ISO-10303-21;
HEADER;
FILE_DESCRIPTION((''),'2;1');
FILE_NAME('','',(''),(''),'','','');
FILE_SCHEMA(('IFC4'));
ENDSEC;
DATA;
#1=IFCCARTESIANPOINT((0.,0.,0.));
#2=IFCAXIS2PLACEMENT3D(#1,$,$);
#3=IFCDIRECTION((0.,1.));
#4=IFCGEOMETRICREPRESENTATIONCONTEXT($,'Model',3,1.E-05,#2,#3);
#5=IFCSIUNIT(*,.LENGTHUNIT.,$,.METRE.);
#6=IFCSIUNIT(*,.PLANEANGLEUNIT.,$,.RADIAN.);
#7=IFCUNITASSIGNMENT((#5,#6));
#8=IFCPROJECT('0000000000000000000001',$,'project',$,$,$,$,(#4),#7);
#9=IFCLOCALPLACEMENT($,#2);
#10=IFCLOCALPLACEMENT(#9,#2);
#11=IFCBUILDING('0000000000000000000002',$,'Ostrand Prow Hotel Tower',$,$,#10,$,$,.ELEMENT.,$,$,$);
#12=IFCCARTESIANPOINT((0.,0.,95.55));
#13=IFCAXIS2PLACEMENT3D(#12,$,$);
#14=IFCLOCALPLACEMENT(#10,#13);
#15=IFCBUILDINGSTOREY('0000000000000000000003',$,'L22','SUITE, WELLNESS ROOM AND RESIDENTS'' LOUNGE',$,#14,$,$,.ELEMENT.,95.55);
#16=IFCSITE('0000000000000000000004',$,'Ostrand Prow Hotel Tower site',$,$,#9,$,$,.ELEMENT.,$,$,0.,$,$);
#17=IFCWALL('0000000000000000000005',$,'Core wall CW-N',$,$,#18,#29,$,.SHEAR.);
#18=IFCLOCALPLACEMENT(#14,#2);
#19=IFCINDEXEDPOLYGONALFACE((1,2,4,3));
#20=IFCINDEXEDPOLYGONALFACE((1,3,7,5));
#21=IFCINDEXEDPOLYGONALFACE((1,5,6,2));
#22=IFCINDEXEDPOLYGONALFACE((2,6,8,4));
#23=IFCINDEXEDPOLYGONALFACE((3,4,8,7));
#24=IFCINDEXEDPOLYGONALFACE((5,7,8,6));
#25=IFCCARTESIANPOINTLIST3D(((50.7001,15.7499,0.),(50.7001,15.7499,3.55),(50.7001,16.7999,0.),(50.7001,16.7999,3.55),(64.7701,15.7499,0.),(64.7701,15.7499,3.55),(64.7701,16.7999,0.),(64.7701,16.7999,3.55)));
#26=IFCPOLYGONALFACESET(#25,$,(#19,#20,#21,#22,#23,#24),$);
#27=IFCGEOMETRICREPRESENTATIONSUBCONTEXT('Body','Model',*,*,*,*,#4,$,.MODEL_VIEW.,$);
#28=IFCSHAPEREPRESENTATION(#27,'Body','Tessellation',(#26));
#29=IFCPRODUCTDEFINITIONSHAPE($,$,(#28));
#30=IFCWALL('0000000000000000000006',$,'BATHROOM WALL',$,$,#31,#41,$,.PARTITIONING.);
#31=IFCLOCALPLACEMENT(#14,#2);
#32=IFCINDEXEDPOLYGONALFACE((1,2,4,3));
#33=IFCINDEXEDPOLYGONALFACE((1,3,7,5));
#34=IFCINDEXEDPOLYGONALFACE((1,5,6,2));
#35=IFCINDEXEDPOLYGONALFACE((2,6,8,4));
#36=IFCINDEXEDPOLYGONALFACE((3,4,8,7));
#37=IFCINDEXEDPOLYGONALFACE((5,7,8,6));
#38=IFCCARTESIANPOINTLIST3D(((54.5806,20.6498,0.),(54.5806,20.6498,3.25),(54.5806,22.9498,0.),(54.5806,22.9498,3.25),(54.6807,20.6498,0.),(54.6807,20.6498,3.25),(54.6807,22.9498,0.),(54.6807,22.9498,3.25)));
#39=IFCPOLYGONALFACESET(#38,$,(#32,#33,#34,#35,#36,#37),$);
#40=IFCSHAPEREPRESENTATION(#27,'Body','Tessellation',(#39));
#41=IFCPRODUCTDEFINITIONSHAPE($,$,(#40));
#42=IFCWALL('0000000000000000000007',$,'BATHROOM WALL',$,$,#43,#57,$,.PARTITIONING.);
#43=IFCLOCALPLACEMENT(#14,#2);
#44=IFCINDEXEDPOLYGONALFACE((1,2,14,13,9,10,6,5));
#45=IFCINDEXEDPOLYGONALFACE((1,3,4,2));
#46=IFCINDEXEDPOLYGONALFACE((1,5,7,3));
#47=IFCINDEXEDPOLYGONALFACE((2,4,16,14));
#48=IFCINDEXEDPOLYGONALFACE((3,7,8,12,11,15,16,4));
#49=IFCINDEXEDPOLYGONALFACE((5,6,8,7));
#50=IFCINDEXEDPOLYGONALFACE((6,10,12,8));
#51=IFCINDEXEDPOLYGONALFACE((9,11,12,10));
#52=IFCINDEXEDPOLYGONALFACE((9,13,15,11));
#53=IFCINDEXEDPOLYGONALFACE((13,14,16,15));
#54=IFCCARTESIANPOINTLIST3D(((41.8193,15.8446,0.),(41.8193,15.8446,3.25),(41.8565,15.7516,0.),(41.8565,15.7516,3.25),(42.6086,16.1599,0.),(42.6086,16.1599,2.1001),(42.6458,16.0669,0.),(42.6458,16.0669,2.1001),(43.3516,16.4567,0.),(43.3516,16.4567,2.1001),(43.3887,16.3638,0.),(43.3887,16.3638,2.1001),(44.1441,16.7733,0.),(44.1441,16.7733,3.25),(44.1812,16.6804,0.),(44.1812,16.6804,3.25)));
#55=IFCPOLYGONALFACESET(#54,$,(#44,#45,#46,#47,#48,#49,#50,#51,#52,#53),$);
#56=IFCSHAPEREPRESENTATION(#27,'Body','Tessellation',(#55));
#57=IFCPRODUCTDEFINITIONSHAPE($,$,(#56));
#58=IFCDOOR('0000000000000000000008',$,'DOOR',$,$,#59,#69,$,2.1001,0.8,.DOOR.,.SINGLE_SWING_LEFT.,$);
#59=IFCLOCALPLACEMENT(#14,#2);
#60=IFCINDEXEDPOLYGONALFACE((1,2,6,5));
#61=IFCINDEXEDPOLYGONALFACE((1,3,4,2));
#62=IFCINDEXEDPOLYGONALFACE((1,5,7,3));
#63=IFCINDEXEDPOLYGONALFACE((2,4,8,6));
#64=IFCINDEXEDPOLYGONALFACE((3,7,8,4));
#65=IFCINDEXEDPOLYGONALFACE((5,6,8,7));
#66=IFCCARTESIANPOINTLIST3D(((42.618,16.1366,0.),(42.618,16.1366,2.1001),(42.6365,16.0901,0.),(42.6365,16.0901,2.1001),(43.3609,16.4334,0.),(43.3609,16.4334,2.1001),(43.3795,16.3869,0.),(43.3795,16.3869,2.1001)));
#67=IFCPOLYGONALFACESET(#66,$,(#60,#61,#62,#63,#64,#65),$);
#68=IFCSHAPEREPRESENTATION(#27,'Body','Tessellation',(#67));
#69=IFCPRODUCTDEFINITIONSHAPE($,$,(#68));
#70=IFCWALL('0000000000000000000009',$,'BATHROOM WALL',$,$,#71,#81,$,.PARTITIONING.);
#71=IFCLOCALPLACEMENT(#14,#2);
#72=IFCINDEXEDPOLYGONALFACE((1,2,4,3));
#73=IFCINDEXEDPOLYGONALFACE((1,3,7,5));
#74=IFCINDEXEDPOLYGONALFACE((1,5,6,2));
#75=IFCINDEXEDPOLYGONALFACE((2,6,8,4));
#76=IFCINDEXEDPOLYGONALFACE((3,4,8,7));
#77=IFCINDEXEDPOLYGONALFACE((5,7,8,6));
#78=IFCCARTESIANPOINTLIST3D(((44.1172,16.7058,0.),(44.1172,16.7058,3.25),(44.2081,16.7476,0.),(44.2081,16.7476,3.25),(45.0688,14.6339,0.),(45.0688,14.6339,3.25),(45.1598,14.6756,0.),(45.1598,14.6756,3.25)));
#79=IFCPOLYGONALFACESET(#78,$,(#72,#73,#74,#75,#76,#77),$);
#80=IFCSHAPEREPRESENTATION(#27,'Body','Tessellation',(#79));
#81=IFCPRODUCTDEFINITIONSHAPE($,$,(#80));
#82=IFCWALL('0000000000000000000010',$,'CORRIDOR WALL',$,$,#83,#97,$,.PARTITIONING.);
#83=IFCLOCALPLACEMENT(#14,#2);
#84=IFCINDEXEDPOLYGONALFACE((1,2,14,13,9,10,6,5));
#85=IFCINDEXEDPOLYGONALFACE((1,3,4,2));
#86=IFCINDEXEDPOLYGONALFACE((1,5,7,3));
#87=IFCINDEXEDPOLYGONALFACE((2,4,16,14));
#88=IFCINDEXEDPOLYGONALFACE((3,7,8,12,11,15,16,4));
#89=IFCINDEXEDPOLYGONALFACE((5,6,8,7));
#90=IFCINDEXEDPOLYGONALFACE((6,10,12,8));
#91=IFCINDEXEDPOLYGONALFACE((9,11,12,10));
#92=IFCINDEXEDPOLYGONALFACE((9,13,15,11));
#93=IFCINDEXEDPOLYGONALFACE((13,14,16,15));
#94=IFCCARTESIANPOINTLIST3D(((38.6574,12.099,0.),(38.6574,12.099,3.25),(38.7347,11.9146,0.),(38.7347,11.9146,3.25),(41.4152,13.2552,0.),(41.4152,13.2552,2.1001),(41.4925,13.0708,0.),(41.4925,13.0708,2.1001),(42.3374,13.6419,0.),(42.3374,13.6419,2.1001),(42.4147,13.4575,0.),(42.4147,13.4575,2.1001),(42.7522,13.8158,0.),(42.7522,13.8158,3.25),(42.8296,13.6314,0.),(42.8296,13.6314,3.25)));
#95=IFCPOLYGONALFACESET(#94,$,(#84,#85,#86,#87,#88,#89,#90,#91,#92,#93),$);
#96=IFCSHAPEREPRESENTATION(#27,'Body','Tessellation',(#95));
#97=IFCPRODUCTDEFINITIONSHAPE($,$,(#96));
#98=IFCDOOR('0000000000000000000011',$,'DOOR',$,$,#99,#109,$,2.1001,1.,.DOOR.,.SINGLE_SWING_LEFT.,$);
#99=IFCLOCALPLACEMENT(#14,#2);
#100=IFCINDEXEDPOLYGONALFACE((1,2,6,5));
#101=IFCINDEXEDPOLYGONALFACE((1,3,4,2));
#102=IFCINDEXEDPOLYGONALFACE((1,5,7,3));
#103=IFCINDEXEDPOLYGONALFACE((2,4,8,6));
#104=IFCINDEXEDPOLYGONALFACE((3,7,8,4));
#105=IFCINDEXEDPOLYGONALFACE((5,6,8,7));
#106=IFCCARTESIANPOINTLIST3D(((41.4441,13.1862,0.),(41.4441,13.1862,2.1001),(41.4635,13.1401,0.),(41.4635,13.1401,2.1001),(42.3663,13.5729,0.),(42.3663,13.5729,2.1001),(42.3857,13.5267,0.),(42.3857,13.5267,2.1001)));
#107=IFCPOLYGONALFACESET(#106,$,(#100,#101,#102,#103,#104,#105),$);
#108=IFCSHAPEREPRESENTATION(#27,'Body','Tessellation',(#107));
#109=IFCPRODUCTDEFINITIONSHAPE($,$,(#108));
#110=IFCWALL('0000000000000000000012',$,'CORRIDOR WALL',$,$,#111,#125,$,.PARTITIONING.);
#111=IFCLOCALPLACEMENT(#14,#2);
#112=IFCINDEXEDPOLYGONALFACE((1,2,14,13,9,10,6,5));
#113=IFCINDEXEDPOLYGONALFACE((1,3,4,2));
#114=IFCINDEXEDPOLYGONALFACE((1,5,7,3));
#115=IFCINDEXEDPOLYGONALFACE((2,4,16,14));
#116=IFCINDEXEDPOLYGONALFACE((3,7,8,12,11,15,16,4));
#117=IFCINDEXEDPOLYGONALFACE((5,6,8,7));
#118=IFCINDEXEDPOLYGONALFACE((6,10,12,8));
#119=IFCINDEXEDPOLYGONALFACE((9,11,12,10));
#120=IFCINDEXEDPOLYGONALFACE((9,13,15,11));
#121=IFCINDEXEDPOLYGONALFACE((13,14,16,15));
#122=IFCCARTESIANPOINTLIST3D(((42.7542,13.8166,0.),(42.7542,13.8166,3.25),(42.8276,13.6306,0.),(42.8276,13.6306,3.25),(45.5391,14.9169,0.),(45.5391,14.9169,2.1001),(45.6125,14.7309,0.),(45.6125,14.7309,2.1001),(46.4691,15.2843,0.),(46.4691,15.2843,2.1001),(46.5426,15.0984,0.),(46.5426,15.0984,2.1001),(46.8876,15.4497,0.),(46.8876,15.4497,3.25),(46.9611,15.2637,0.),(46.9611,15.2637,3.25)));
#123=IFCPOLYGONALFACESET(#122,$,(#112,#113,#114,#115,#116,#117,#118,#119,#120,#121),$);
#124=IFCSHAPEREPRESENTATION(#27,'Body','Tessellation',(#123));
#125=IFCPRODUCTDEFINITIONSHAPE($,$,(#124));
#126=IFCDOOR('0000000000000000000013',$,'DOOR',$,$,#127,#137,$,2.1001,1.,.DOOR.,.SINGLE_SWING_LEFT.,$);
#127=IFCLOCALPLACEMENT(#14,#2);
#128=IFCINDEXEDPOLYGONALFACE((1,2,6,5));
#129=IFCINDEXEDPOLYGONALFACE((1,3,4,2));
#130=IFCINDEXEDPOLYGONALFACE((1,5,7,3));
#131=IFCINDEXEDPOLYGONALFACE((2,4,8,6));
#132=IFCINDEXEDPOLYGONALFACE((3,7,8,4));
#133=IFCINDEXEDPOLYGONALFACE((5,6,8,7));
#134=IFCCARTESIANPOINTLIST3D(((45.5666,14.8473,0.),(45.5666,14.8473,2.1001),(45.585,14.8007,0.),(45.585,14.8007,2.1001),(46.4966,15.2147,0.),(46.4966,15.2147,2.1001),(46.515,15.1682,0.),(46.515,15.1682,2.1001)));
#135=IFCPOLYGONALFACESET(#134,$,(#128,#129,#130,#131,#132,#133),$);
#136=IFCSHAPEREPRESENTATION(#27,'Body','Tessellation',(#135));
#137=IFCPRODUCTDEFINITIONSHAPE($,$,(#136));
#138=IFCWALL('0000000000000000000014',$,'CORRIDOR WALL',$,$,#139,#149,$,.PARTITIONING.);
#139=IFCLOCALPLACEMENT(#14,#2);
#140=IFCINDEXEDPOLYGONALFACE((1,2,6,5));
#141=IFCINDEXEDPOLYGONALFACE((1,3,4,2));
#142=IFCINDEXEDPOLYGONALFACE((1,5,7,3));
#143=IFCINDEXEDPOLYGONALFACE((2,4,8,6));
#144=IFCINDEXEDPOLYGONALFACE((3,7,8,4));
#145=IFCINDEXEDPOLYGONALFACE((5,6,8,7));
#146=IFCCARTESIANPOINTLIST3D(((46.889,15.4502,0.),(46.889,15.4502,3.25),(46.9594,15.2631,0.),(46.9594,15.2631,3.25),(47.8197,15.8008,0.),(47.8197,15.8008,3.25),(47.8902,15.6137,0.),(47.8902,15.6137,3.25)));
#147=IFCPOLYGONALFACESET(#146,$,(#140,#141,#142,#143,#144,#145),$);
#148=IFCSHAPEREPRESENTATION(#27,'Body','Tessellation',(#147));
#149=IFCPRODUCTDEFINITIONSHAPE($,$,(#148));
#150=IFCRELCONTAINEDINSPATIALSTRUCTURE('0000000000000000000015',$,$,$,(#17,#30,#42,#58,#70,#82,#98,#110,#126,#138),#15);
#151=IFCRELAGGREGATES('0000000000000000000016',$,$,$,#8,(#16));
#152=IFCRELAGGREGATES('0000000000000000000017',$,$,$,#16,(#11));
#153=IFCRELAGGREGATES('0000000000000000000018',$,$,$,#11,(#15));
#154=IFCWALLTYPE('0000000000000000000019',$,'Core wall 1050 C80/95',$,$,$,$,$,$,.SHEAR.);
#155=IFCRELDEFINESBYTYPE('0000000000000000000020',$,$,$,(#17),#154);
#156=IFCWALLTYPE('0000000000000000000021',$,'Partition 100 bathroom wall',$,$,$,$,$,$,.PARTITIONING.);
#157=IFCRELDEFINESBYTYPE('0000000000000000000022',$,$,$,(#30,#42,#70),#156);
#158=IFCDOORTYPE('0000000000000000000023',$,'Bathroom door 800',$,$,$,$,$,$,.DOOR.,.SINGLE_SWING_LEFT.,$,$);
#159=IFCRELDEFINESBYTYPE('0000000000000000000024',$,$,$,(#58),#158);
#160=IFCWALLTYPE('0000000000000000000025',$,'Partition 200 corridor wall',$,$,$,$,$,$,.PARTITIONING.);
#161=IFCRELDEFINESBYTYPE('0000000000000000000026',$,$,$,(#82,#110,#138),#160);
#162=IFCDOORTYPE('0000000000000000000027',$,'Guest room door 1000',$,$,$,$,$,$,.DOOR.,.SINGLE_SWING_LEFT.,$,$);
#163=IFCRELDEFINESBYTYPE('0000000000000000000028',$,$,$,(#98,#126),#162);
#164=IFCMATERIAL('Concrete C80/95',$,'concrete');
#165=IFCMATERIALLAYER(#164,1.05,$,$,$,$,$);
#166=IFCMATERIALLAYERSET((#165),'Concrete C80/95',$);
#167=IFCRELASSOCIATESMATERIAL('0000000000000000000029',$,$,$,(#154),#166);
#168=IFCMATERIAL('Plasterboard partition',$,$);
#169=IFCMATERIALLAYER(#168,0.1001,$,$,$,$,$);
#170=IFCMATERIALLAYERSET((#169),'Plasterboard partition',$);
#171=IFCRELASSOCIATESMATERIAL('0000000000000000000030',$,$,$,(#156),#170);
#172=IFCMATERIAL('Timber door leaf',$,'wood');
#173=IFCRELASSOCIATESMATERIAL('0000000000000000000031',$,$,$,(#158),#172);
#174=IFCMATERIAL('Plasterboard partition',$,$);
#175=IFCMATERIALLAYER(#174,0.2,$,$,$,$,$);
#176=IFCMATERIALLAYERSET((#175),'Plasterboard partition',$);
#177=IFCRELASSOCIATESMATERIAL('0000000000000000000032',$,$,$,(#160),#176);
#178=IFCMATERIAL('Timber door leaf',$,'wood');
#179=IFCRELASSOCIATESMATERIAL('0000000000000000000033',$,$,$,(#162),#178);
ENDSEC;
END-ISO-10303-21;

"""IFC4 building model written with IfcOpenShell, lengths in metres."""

from ifc_helpers import new_model, si_unit, direction, frame, frame_2d, origin, place, context, subcontext, project, spatial, rectangle, extrude, material, layer, layer_set, type_object, element, fill, save


model = new_model("IFC4")

# Units and contexts
model_context = context("Model", 3, precision=1e-05, world=origin(), true_north=direction((0.0, 1.0)))
body_context = subcontext(model_context, "Body", "Model", "MODEL_VIEW")
ifc_project = project(units=[si_unit("LENGTHUNIT", "METRE"), si_unit("PLANEANGLEUNIT", "RADIAN")], contexts=[model_context])

# Site, building, storey
site_placement = place(None, origin())
site = spatial("IfcSite", under=ifc_project, at=site_placement, Name="Ostrand Prow Hotel Tower site", CompositionType="ELEMENT", RefElevation=0.0)
building_placement = place(site_placement, origin())
building = spatial("IfcBuilding", under=site, at=building_placement, Name="Ostrand Prow Hotel Tower", CompositionType="ELEMENT")
storey_placement = place(building_placement, frame((0.0, 0.0, 95.55)))
storey = spatial("IfcBuildingStorey", under=building, at=storey_placement, Name="L22", Description="SUITE, WELLNESS ROOM AND RESIDENTS' LOUNGE", CompositionType="ELEMENT", Elevation=95.55)

# Walls
ifc_material_1 = material(Name="Concrete C80/95", Category="concrete")
ifc_layer_1 = layer(ifc_material_1, 1.05)
ifc_layer_set_1 = layer_set([ifc_layer_1], Name="Concrete C80/95")
wall_type_1 = type_object("IfcWallType", Name="Core wall 1050 C80/95", PredefinedType="SHEAR", material=ifc_layer_set_1)
wall_1_placement = place(storey_placement, frame((50.7, 16.2749, 0.0), z_axis=(0.0, 0.0, 1.0), x_axis=(1.0, 0.0, 0.0)))
element("IfcWall", 1, at=wall_1_placement, inside=storey, type_object=wall_type_1, Name="Core wall CW-N", PredefinedType="SHEAR", context=body_context, shape_type="SweptSolid", body=[
    extrude(rectangle(XDim=14.0701, YDim=1.05, at=frame_2d((7.0352, 0.0))), origin(), (0.0, 0.0, 1.0), 3.55),
])
ifc_material_2 = material(Name="Plasterboard partition")
ifc_layer_2 = layer(ifc_material_2, 0.1001)
ifc_layer_set_2 = layer_set([ifc_layer_2], Name="Plasterboard partition")
wall_type_2 = type_object("IfcWallType", Name="Partition 100 bathroom wall", PredefinedType="PARTITIONING", material=ifc_layer_set_2)
wall_2_placement = place(storey_placement, frame((54.6306, 20.6499, 0.0), z_axis=(0.0, 0.0, 1.0), x_axis=(0.0, 1.0, 0.0)))
element("IfcWall", 2, at=wall_2_placement, inside=storey, type_object=wall_type_2, Name="BATHROOM WALL", PredefinedType="PARTITIONING", context=body_context, shape_type="SweptSolid", body=[
    extrude(rectangle(XDim=2.3, YDim=0.1001, at=frame_2d((1.1499, 0.0))), origin(), (0.0, 0.0, 1.0), 3.25),
])

# Wall, opening, door
wall_3_placement = place(storey_placement, frame((41.8379, 15.7981, 0.0), z_axis=(0.0, 0.0, 1.0), x_axis=(0.928638, 0.370987, 0.0)))
wall_3 = element("IfcWall", 3, at=wall_3_placement, inside=storey, type_object=wall_type_2, Name="BATHROOM WALL", PredefinedType="PARTITIONING", context=body_context, shape_type="SweptSolid", body=[
    extrude(rectangle(XDim=2.5034, YDim=0.1001, at=frame_2d((1.2517, 0.0))), origin(), (0.0, 0.0, 1.0), 3.25),
])
opening_1_placement = place(wall_3_placement, frame((0.8501, 0.0, 0.0)))
opening_1 = element("IfcOpeningElement", 4, at=opening_1_placement, cuts=wall_3, PredefinedType="OPENING", context=body_context, shape_type="SweptSolid", body=[
    extrude(rectangle(XDim=0.8, YDim=2.1001, at=frame_2d((0.3999, 1.05))), frame((0.0, 0.0601, 0.0), z_axis=(0.0, -1.0, 0.0), x_axis=(1.0, 0.0, 0.0)), (0.0, 0.0, 1.0), 0.1201),
])
ifc_material_3 = material(Name="Timber door leaf", Category="wood")
door_type_1 = type_object("IfcDoorType", Name="Bathroom door 800", OperationType="SINGLE_SWING_LEFT", PredefinedType="DOOR", material=ifc_material_3)
door_1_placement = place(opening_1_placement, origin())
door_1 = element("IfcDoor", 5, at=door_1_placement, inside=storey, type_object=door_type_1, Name="DOOR", OperationType="SINGLE_SWING_LEFT", OverallHeight=2.1001, OverallWidth=0.8, PredefinedType="DOOR", context=body_context, shape_type="SweptSolid", body=[
    extrude(rectangle(XDim=0.8, YDim=2.1001, at=frame_2d((0.3999, 1.05))), frame((0.0, 0.0249, 0.0), z_axis=(0.0, -1.0, 0.0), x_axis=(1.0, 0.0, 0.0)), (0.0, 0.0, 1.0), 0.05),
])
fill(opening_1, door_1)

# Wall
wall_4_placement = place(storey_placement, frame((44.1626, 16.7268, 0.0), z_axis=(0.0, 0.0, 1.0), x_axis=(0.417374, -0.908735, 0.0)))
element("IfcWall", 6, at=wall_4_placement, inside=storey, type_object=wall_type_2, Name="BATHROOM WALL", PredefinedType="PARTITIONING", context=body_context, shape_type="SweptSolid", body=[
    extrude(rectangle(XDim=2.28, YDim=0.1001, at=frame_2d((1.1401, 0.0))), origin(), (0.0, 0.0, 1.0), 3.25),
])

# Walls, openings, doors
ifc_material_4 = material(Name="Plasterboard partition")
ifc_layer_3 = layer(ifc_material_4, 0.2)
ifc_layer_set_3 = layer_set([ifc_layer_3], Name="Plasterboard partition")
wall_type_3 = type_object("IfcWallType", Name="Partition 200 corridor wall", PredefinedType="PARTITIONING", material=ifc_layer_set_3)
wall_5_placement = place(storey_placement, frame((42.791, 13.7236, 0.0), z_axis=(0.0, 0.0, 1.0), x_axis=(-0.92223, -0.386641, 0.0)))
wall_5 = element("IfcWall", 7, at=wall_5_placement, inside=storey, type_object=wall_type_3, Name="CORRIDOR WALL", PredefinedType="PARTITIONING", context=body_context, shape_type="SweptSolid", body=[
    extrude(rectangle(XDim=4.4402, YDim=0.2, at=frame_2d((2.2202, 0.0))), origin(), (0.0, 0.0, 1.0), 3.25),
])
opening_2_placement = place(wall_5_placement, frame((0.45, 0.0, 0.0)))
opening_2 = element("IfcOpeningElement", 8, at=opening_2_placement, cuts=wall_5, PredefinedType="OPENING", context=body_context, shape_type="SweptSolid", body=[
    extrude(rectangle(XDim=1.0, YDim=2.1001, at=frame_2d((0.5, 1.05))), frame((0.0, 0.1099, 0.0), z_axis=(0.0, -1.0, 0.0), x_axis=(1.0, 0.0, 0.0)), (0.0, 0.0, 1.0), 0.22),
])
ifc_material_5 = material(Name="Timber door leaf", Category="wood")
door_type_2 = type_object("IfcDoorType", Name="Guest room door 1000", OperationType="SINGLE_SWING_LEFT", PredefinedType="DOOR", material=ifc_material_5)
door_2_placement = place(opening_2_placement, origin())
door_2 = element("IfcDoor", 9, at=door_2_placement, inside=storey, type_object=door_type_2, Name="DOOR", OperationType="SINGLE_SWING_LEFT", OverallHeight=2.1001, OverallWidth=1.0, PredefinedType="DOOR", context=body_context, shape_type="SweptSolid", body=[
    extrude(rectangle(XDim=1.0, YDim=2.1001, at=frame_2d((0.5, 1.05))), frame((0.0, 0.0249, 0.0), z_axis=(0.0, -1.0, 0.0), x_axis=(1.0, 0.0, 0.0)), (0.0, 0.0, 1.0), 0.05),
])
fill(opening_2, door_2)
wall_6_placement = place(storey_placement, frame((46.9243, 15.3567, 0.0), z_axis=(0.0, 0.0, 1.0), x_axis=(-0.930041, -0.367457, 0.0)))
wall_6 = element("IfcWall", 10, at=wall_6_placement, inside=storey, type_object=wall_type_3, Name="CORRIDOR WALL", PredefinedType="PARTITIONING", context=body_context, shape_type="SweptSolid", body=[
    extrude(rectangle(XDim=4.4443, YDim=0.2, at=frame_2d((2.2222, 0.0))), origin(), (0.0, 0.0, 1.0), 3.25),
])
opening_3_placement = place(wall_6_placement, frame((0.45, 0.0, 0.0)))
opening_3 = element("IfcOpeningElement", 11, at=opening_3_placement, cuts=wall_6, PredefinedType="OPENING", context=body_context, shape_type="SweptSolid", body=[
    extrude(rectangle(XDim=1.0, YDim=2.1001, at=frame_2d((0.5, 1.05))), frame((0.0, 0.1099, 0.0), z_axis=(0.0, -1.0, 0.0), x_axis=(1.0, 0.0, 0.0)), (0.0, 0.0, 1.0), 0.22),
])
door_3_placement = place(opening_3_placement, origin())
door_3 = element("IfcDoor", 12, at=door_3_placement, inside=storey, type_object=door_type_2, Name="DOOR", OperationType="SINGLE_SWING_LEFT", OverallHeight=2.1001, OverallWidth=1.0, PredefinedType="DOOR", context=body_context, shape_type="SweptSolid", body=[
    extrude(rectangle(XDim=1.0, YDim=2.1001, at=frame_2d((0.5, 1.05))), frame((0.0, 0.0249, 0.0), z_axis=(0.0, -1.0, 0.0), x_axis=(1.0, 0.0, 0.0)), (0.0, 0.0, 1.0), 0.05),
])
fill(opening_3, door_3)

# Wall
wall_7_placement = place(storey_placement, frame((47.855, 15.7073, 0.0), z_axis=(0.0, 0.0, 1.0), x_axis=(-0.935804, -0.352522, 0.0)))
element("IfcWall", 13, at=wall_7_placement, inside=storey, type_object=wall_type_3, Name="CORRIDOR WALL", PredefinedType="PARTITIONING", context=body_context, shape_type="SweptSolid", body=[
    extrude(rectangle(XDim=0.9946, YDim=0.2, at=frame_2d((0.4973, 0.0))), origin(), (0.0, 0.0, 1.0), 3.25),
])

save(model, "model.ifc")
